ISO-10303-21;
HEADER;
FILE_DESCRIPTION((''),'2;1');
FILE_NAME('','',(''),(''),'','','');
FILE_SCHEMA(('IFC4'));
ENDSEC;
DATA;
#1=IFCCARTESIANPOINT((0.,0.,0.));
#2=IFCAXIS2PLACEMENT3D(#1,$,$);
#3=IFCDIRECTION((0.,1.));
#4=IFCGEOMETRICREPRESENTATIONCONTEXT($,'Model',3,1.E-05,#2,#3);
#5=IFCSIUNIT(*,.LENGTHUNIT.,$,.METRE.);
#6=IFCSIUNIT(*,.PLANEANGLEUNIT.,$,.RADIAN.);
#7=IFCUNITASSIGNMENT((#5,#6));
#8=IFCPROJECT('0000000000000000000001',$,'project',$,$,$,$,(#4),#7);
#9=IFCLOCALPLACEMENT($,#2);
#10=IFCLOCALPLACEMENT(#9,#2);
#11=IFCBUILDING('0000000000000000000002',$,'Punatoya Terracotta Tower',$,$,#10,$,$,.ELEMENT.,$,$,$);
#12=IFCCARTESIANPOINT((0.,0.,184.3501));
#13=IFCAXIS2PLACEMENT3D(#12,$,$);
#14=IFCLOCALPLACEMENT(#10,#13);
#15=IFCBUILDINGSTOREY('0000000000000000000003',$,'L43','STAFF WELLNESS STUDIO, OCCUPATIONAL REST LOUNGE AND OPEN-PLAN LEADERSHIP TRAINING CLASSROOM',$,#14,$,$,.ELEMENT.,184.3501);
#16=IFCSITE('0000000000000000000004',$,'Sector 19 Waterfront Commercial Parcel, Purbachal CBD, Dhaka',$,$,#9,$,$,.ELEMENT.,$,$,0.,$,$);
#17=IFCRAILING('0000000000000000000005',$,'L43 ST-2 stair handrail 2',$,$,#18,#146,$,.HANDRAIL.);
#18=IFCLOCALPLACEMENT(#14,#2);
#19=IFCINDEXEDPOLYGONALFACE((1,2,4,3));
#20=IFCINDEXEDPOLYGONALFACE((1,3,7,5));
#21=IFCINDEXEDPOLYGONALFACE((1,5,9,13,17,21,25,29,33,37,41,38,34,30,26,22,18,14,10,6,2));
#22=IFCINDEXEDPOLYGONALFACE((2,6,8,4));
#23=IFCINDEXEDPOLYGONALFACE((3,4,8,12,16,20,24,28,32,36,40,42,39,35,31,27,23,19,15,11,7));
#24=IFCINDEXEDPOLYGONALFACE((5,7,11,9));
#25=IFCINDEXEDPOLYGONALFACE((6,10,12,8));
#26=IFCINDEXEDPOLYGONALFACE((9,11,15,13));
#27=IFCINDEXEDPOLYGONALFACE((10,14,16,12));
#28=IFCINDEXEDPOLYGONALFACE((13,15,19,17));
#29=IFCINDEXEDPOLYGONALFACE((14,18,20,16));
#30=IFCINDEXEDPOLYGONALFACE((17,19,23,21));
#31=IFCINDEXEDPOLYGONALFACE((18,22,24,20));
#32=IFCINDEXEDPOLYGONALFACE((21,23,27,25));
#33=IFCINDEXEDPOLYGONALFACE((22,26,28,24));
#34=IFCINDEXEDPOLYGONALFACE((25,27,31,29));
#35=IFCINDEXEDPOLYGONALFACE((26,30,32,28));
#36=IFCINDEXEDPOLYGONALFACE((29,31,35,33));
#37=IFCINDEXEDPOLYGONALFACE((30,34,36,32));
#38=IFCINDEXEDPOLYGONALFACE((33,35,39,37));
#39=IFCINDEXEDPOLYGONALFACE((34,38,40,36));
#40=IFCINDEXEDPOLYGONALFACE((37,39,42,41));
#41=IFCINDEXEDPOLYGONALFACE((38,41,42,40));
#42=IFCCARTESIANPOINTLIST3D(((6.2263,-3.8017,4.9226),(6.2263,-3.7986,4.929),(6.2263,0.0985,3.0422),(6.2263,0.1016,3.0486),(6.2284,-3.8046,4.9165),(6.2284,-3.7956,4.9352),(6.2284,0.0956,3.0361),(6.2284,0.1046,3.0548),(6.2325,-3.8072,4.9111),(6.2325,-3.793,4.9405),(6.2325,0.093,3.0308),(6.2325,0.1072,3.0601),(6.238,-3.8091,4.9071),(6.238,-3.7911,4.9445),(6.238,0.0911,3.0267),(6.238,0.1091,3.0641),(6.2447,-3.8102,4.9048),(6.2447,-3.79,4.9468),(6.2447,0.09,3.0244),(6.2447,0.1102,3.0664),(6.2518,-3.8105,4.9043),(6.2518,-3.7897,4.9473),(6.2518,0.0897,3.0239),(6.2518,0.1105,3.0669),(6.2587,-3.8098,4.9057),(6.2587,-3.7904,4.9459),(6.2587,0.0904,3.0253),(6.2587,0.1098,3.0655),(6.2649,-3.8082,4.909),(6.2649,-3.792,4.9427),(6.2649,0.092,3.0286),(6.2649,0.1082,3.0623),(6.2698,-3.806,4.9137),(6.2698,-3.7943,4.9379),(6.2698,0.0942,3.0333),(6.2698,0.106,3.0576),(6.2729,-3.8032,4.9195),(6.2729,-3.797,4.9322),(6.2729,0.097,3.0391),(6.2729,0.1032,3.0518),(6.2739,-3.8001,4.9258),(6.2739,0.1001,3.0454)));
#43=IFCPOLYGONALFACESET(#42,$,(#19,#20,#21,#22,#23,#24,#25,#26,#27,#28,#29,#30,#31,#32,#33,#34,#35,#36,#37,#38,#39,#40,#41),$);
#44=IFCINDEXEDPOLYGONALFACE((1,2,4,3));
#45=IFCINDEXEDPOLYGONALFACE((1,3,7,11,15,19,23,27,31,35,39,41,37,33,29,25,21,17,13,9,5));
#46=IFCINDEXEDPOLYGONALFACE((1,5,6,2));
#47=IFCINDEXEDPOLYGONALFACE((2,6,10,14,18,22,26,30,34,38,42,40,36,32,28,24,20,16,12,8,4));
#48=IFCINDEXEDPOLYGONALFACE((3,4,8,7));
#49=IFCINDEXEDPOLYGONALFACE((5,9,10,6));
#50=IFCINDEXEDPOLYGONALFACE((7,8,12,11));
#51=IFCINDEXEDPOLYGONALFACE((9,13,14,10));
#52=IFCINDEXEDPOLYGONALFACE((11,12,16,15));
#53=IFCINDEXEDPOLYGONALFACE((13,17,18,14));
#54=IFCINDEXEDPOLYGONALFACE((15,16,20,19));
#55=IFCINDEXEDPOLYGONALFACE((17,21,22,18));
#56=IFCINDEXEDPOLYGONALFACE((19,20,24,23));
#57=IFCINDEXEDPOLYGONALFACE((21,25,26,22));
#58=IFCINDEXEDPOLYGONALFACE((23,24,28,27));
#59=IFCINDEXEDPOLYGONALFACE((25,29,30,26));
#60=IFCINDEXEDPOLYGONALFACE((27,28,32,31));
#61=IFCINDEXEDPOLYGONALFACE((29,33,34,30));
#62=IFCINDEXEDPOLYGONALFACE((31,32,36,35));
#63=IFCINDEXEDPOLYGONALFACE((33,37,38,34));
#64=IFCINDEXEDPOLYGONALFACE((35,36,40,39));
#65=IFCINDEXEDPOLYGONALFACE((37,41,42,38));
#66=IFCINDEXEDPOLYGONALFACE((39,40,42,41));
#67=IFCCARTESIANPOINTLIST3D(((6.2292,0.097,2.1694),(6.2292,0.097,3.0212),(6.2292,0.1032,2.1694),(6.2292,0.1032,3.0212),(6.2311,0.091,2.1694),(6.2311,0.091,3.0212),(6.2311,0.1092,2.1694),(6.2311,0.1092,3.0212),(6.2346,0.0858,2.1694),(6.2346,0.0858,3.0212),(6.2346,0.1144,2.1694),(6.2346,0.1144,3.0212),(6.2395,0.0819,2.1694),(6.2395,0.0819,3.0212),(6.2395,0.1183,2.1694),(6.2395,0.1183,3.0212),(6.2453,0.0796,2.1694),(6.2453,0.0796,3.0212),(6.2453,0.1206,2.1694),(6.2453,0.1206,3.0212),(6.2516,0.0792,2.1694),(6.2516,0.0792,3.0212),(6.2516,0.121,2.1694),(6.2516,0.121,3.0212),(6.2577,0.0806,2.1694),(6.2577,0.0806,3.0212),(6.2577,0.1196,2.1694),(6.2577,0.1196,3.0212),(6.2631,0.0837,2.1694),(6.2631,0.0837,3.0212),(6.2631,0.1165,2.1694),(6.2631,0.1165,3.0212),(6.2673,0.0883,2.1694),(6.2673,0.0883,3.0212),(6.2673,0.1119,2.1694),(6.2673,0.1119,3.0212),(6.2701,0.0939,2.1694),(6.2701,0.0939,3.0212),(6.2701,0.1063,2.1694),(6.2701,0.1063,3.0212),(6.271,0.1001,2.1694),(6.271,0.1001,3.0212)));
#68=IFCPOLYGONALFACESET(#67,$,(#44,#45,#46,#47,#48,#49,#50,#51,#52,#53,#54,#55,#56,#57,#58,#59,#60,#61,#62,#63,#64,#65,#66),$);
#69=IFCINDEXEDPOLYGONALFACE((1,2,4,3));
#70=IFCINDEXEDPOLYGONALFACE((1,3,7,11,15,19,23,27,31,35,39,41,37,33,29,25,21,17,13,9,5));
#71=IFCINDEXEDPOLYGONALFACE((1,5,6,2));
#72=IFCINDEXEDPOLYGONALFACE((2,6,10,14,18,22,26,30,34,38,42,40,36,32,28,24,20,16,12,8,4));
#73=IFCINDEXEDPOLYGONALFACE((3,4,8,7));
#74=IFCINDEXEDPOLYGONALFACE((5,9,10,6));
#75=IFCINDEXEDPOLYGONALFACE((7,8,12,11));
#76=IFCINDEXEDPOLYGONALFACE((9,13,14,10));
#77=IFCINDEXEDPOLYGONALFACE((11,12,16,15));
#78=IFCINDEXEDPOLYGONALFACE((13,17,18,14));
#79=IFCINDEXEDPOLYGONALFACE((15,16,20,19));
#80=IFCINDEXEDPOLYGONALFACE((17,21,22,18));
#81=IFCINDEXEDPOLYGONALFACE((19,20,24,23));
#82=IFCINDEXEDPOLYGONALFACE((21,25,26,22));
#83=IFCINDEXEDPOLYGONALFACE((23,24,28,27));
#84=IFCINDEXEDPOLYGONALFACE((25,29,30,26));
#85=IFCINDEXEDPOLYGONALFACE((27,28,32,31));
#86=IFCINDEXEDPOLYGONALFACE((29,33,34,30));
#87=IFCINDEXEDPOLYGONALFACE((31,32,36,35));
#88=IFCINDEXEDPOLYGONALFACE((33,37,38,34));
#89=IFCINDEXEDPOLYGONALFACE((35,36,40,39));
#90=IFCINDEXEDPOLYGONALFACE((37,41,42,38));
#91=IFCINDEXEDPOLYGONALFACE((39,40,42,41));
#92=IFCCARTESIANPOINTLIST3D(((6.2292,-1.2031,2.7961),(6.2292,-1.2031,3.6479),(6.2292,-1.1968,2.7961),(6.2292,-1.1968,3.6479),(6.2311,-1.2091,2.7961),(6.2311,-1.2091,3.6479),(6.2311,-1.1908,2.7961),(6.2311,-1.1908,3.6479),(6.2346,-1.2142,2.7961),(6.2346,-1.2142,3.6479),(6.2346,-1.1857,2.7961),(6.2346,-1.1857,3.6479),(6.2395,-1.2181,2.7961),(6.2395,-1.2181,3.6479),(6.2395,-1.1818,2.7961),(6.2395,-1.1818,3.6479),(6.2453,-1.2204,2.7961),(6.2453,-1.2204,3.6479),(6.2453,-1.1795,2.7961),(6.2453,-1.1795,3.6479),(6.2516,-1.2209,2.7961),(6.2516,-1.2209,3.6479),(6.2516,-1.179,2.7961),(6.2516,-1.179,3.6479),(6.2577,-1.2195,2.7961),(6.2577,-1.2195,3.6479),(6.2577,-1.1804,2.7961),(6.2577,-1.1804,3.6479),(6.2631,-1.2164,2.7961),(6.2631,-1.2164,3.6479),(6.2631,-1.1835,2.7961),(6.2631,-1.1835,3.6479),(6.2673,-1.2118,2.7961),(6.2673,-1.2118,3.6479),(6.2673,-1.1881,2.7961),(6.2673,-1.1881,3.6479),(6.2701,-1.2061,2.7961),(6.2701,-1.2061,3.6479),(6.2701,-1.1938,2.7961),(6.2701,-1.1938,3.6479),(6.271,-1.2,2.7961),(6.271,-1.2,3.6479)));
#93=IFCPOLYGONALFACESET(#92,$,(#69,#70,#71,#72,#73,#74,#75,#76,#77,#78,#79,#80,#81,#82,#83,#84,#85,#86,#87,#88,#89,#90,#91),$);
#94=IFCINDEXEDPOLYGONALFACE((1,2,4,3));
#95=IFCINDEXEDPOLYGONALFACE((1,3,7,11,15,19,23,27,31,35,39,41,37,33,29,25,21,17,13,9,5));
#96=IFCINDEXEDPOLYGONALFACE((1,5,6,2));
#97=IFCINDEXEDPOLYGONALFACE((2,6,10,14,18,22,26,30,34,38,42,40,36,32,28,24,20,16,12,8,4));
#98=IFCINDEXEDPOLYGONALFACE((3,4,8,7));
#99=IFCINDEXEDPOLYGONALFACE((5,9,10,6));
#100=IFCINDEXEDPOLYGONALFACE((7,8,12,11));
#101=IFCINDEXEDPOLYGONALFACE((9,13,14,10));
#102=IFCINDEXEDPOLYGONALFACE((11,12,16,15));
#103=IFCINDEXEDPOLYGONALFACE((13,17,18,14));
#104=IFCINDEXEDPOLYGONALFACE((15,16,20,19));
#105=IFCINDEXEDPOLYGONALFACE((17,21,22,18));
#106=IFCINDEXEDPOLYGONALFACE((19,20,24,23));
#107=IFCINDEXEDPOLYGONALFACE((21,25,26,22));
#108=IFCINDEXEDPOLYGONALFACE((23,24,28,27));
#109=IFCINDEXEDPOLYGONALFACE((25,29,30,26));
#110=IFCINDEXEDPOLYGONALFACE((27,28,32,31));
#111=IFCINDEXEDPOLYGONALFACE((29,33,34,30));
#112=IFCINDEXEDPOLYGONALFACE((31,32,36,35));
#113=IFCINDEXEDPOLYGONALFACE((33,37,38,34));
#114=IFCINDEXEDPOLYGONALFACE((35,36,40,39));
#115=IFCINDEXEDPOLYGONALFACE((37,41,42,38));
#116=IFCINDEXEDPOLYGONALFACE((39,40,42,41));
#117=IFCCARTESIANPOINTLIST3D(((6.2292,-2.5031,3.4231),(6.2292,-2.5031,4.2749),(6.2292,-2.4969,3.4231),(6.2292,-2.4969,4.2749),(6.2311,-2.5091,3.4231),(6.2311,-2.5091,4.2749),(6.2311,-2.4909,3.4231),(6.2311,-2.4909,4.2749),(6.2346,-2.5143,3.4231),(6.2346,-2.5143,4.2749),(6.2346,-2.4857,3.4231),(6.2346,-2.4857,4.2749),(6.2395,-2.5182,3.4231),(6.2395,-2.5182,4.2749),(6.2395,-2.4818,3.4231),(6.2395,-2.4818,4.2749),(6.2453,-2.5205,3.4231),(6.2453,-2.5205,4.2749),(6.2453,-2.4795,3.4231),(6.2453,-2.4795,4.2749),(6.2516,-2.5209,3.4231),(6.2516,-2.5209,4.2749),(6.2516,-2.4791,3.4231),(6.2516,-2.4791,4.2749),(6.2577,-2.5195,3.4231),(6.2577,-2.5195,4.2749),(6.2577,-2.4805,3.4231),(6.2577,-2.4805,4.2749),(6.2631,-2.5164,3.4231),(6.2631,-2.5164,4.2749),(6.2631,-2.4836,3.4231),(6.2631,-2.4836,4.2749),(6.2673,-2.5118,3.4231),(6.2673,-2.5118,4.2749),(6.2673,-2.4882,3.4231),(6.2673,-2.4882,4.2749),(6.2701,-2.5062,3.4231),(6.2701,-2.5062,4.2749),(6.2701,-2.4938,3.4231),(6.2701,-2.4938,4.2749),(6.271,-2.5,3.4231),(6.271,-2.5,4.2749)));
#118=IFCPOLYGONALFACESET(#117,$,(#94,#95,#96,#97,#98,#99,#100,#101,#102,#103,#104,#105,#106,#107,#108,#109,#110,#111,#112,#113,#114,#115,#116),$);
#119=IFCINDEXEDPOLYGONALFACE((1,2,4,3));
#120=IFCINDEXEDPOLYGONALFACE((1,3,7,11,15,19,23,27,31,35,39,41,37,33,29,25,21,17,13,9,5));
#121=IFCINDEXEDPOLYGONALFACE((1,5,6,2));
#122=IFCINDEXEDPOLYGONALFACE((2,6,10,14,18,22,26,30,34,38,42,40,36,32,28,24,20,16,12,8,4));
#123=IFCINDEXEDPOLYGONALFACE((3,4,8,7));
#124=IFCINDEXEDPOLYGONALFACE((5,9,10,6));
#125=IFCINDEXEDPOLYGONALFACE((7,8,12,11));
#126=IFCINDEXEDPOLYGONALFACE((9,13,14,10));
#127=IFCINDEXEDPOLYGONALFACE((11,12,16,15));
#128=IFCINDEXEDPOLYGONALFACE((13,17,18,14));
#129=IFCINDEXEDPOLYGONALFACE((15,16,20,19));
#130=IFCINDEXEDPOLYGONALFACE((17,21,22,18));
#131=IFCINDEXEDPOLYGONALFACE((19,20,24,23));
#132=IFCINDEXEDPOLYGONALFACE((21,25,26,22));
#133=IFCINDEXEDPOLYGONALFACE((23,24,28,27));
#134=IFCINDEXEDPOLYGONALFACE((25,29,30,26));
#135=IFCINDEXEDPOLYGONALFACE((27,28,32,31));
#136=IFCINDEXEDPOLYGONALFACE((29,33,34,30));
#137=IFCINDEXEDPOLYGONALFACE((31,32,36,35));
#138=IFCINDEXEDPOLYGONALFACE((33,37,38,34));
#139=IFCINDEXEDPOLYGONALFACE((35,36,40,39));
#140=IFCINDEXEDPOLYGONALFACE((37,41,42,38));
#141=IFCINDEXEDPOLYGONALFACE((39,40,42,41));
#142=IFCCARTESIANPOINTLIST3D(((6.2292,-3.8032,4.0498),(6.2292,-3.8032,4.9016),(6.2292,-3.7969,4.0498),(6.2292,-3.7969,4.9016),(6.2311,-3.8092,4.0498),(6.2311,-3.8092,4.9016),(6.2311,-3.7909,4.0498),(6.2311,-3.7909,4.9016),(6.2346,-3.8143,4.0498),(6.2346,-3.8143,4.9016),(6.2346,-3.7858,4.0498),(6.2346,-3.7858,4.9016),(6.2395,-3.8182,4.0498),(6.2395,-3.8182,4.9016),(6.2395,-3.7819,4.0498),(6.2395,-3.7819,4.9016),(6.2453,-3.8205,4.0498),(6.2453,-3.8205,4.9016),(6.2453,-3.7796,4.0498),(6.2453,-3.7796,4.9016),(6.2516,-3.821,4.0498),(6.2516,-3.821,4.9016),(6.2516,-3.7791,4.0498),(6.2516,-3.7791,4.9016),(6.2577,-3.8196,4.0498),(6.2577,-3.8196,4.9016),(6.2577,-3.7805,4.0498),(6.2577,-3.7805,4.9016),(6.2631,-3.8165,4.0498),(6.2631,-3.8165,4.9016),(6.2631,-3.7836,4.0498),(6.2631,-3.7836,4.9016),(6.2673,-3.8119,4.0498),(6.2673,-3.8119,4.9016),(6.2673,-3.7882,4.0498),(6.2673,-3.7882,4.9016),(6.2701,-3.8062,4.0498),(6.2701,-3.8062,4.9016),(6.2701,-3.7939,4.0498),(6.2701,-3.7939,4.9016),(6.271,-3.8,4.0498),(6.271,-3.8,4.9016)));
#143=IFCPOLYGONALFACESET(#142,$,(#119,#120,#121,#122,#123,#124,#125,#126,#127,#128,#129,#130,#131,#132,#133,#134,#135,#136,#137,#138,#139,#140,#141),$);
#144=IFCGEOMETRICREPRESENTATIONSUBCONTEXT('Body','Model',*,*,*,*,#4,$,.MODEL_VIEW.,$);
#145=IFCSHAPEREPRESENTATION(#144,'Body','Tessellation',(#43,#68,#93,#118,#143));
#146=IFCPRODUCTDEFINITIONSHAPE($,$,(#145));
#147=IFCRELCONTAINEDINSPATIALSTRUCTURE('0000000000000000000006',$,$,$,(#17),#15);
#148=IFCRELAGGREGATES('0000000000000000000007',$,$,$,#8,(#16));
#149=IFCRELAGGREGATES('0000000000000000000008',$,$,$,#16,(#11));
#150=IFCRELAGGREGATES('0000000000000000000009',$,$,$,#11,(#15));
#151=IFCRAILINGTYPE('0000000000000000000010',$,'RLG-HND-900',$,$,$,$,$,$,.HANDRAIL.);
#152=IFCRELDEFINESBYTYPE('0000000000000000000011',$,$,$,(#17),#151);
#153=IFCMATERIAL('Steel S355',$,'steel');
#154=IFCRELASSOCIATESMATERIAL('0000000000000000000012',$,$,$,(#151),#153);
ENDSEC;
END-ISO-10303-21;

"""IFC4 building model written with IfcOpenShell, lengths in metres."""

from ifc_helpers import new_model, si_unit, direction, frame, origin, origin_2d, place, context, subcontext, project, spatial, circle, extrude, material, type_object, element, save


model = new_model("IFC4")

# Units and contexts
model_context = context("Model", 3, precision=1e-05, world=origin(), true_north=direction((0.0, 1.0)))
body_context = subcontext(model_context, "Body", "Model", "MODEL_VIEW")
ifc_project = project(units=[si_unit("LENGTHUNIT", "METRE"), si_unit("PLANEANGLEUNIT", "RADIAN")], contexts=[model_context])

# Site, building, storey
site_placement = place(None, origin())
site = spatial("IfcSite", under=ifc_project, at=site_placement, Name="Sector 19 Waterfront Commercial Parcel, Purbachal CBD, Dhaka", CompositionType="ELEMENT", RefElevation=0.0)
building_placement = place(site_placement, origin())
building = spatial("IfcBuilding", under=site, at=building_placement, Name="Punatoya Terracotta Tower", CompositionType="ELEMENT")
storey_placement = place(building_placement, frame((0.0, 0.0, 184.3501)))
storey = spatial("IfcBuildingStorey", under=building, at=storey_placement, Name="L43", Description="STAFF WELLNESS STUDIO, OCCUPATIONAL REST LOUNGE AND OPEN-PLAN LEADERSHIP TRAINING CLASSROOM", CompositionType="ELEMENT", Elevation=184.3501)

# Shared definitions
ifc_material_1 = material(Name="Steel S355", Category="steel")

# Railing
railing_type_1 = type_object("IfcRailingType", Name="RLG-HND-900", PredefinedType="HANDRAIL", material=ifc_material_1)
railing_1_placement = place(storey_placement, frame((6.25, 0.1001, 2.1694)))
element("IfcRailing", 1, at=railing_1_placement, inside=storey, type_object=railing_type_1, Name="L43 ST-2 stair handrail 2", PredefinedType="HANDRAIL", context=body_context, shape_type="SweptSolid", body=[
    extrude(circle(Radius=0.0239, at=origin_2d()), frame((0.0, 0.0, 0.876), z_axis=(0.0, -0.900774, 0.434289), x_axis=(1.0, 0.0, 0.0)), (0.0, 0.0, 1.0), 4.3298),
    extrude(circle(Radius=0.021, at=origin_2d()), origin(), (0.0, 0.0, 1.0), 0.8518),
    extrude(circle(Radius=0.021, at=origin_2d()), frame((0.0, -1.3, 0.6267)), (0.0, 0.0, 1.0), 0.8518),
    extrude(circle(Radius=0.021, at=origin_2d()), frame((0.0, -2.6001, 1.2537)), (0.0, 0.0, 1.0), 0.8518),
    extrude(circle(Radius=0.021, at=origin_2d()), frame((0.0, -3.9001, 1.8804)), (0.0, 0.0, 1.0), 0.8518),
])

save(model, "model.ifc")
